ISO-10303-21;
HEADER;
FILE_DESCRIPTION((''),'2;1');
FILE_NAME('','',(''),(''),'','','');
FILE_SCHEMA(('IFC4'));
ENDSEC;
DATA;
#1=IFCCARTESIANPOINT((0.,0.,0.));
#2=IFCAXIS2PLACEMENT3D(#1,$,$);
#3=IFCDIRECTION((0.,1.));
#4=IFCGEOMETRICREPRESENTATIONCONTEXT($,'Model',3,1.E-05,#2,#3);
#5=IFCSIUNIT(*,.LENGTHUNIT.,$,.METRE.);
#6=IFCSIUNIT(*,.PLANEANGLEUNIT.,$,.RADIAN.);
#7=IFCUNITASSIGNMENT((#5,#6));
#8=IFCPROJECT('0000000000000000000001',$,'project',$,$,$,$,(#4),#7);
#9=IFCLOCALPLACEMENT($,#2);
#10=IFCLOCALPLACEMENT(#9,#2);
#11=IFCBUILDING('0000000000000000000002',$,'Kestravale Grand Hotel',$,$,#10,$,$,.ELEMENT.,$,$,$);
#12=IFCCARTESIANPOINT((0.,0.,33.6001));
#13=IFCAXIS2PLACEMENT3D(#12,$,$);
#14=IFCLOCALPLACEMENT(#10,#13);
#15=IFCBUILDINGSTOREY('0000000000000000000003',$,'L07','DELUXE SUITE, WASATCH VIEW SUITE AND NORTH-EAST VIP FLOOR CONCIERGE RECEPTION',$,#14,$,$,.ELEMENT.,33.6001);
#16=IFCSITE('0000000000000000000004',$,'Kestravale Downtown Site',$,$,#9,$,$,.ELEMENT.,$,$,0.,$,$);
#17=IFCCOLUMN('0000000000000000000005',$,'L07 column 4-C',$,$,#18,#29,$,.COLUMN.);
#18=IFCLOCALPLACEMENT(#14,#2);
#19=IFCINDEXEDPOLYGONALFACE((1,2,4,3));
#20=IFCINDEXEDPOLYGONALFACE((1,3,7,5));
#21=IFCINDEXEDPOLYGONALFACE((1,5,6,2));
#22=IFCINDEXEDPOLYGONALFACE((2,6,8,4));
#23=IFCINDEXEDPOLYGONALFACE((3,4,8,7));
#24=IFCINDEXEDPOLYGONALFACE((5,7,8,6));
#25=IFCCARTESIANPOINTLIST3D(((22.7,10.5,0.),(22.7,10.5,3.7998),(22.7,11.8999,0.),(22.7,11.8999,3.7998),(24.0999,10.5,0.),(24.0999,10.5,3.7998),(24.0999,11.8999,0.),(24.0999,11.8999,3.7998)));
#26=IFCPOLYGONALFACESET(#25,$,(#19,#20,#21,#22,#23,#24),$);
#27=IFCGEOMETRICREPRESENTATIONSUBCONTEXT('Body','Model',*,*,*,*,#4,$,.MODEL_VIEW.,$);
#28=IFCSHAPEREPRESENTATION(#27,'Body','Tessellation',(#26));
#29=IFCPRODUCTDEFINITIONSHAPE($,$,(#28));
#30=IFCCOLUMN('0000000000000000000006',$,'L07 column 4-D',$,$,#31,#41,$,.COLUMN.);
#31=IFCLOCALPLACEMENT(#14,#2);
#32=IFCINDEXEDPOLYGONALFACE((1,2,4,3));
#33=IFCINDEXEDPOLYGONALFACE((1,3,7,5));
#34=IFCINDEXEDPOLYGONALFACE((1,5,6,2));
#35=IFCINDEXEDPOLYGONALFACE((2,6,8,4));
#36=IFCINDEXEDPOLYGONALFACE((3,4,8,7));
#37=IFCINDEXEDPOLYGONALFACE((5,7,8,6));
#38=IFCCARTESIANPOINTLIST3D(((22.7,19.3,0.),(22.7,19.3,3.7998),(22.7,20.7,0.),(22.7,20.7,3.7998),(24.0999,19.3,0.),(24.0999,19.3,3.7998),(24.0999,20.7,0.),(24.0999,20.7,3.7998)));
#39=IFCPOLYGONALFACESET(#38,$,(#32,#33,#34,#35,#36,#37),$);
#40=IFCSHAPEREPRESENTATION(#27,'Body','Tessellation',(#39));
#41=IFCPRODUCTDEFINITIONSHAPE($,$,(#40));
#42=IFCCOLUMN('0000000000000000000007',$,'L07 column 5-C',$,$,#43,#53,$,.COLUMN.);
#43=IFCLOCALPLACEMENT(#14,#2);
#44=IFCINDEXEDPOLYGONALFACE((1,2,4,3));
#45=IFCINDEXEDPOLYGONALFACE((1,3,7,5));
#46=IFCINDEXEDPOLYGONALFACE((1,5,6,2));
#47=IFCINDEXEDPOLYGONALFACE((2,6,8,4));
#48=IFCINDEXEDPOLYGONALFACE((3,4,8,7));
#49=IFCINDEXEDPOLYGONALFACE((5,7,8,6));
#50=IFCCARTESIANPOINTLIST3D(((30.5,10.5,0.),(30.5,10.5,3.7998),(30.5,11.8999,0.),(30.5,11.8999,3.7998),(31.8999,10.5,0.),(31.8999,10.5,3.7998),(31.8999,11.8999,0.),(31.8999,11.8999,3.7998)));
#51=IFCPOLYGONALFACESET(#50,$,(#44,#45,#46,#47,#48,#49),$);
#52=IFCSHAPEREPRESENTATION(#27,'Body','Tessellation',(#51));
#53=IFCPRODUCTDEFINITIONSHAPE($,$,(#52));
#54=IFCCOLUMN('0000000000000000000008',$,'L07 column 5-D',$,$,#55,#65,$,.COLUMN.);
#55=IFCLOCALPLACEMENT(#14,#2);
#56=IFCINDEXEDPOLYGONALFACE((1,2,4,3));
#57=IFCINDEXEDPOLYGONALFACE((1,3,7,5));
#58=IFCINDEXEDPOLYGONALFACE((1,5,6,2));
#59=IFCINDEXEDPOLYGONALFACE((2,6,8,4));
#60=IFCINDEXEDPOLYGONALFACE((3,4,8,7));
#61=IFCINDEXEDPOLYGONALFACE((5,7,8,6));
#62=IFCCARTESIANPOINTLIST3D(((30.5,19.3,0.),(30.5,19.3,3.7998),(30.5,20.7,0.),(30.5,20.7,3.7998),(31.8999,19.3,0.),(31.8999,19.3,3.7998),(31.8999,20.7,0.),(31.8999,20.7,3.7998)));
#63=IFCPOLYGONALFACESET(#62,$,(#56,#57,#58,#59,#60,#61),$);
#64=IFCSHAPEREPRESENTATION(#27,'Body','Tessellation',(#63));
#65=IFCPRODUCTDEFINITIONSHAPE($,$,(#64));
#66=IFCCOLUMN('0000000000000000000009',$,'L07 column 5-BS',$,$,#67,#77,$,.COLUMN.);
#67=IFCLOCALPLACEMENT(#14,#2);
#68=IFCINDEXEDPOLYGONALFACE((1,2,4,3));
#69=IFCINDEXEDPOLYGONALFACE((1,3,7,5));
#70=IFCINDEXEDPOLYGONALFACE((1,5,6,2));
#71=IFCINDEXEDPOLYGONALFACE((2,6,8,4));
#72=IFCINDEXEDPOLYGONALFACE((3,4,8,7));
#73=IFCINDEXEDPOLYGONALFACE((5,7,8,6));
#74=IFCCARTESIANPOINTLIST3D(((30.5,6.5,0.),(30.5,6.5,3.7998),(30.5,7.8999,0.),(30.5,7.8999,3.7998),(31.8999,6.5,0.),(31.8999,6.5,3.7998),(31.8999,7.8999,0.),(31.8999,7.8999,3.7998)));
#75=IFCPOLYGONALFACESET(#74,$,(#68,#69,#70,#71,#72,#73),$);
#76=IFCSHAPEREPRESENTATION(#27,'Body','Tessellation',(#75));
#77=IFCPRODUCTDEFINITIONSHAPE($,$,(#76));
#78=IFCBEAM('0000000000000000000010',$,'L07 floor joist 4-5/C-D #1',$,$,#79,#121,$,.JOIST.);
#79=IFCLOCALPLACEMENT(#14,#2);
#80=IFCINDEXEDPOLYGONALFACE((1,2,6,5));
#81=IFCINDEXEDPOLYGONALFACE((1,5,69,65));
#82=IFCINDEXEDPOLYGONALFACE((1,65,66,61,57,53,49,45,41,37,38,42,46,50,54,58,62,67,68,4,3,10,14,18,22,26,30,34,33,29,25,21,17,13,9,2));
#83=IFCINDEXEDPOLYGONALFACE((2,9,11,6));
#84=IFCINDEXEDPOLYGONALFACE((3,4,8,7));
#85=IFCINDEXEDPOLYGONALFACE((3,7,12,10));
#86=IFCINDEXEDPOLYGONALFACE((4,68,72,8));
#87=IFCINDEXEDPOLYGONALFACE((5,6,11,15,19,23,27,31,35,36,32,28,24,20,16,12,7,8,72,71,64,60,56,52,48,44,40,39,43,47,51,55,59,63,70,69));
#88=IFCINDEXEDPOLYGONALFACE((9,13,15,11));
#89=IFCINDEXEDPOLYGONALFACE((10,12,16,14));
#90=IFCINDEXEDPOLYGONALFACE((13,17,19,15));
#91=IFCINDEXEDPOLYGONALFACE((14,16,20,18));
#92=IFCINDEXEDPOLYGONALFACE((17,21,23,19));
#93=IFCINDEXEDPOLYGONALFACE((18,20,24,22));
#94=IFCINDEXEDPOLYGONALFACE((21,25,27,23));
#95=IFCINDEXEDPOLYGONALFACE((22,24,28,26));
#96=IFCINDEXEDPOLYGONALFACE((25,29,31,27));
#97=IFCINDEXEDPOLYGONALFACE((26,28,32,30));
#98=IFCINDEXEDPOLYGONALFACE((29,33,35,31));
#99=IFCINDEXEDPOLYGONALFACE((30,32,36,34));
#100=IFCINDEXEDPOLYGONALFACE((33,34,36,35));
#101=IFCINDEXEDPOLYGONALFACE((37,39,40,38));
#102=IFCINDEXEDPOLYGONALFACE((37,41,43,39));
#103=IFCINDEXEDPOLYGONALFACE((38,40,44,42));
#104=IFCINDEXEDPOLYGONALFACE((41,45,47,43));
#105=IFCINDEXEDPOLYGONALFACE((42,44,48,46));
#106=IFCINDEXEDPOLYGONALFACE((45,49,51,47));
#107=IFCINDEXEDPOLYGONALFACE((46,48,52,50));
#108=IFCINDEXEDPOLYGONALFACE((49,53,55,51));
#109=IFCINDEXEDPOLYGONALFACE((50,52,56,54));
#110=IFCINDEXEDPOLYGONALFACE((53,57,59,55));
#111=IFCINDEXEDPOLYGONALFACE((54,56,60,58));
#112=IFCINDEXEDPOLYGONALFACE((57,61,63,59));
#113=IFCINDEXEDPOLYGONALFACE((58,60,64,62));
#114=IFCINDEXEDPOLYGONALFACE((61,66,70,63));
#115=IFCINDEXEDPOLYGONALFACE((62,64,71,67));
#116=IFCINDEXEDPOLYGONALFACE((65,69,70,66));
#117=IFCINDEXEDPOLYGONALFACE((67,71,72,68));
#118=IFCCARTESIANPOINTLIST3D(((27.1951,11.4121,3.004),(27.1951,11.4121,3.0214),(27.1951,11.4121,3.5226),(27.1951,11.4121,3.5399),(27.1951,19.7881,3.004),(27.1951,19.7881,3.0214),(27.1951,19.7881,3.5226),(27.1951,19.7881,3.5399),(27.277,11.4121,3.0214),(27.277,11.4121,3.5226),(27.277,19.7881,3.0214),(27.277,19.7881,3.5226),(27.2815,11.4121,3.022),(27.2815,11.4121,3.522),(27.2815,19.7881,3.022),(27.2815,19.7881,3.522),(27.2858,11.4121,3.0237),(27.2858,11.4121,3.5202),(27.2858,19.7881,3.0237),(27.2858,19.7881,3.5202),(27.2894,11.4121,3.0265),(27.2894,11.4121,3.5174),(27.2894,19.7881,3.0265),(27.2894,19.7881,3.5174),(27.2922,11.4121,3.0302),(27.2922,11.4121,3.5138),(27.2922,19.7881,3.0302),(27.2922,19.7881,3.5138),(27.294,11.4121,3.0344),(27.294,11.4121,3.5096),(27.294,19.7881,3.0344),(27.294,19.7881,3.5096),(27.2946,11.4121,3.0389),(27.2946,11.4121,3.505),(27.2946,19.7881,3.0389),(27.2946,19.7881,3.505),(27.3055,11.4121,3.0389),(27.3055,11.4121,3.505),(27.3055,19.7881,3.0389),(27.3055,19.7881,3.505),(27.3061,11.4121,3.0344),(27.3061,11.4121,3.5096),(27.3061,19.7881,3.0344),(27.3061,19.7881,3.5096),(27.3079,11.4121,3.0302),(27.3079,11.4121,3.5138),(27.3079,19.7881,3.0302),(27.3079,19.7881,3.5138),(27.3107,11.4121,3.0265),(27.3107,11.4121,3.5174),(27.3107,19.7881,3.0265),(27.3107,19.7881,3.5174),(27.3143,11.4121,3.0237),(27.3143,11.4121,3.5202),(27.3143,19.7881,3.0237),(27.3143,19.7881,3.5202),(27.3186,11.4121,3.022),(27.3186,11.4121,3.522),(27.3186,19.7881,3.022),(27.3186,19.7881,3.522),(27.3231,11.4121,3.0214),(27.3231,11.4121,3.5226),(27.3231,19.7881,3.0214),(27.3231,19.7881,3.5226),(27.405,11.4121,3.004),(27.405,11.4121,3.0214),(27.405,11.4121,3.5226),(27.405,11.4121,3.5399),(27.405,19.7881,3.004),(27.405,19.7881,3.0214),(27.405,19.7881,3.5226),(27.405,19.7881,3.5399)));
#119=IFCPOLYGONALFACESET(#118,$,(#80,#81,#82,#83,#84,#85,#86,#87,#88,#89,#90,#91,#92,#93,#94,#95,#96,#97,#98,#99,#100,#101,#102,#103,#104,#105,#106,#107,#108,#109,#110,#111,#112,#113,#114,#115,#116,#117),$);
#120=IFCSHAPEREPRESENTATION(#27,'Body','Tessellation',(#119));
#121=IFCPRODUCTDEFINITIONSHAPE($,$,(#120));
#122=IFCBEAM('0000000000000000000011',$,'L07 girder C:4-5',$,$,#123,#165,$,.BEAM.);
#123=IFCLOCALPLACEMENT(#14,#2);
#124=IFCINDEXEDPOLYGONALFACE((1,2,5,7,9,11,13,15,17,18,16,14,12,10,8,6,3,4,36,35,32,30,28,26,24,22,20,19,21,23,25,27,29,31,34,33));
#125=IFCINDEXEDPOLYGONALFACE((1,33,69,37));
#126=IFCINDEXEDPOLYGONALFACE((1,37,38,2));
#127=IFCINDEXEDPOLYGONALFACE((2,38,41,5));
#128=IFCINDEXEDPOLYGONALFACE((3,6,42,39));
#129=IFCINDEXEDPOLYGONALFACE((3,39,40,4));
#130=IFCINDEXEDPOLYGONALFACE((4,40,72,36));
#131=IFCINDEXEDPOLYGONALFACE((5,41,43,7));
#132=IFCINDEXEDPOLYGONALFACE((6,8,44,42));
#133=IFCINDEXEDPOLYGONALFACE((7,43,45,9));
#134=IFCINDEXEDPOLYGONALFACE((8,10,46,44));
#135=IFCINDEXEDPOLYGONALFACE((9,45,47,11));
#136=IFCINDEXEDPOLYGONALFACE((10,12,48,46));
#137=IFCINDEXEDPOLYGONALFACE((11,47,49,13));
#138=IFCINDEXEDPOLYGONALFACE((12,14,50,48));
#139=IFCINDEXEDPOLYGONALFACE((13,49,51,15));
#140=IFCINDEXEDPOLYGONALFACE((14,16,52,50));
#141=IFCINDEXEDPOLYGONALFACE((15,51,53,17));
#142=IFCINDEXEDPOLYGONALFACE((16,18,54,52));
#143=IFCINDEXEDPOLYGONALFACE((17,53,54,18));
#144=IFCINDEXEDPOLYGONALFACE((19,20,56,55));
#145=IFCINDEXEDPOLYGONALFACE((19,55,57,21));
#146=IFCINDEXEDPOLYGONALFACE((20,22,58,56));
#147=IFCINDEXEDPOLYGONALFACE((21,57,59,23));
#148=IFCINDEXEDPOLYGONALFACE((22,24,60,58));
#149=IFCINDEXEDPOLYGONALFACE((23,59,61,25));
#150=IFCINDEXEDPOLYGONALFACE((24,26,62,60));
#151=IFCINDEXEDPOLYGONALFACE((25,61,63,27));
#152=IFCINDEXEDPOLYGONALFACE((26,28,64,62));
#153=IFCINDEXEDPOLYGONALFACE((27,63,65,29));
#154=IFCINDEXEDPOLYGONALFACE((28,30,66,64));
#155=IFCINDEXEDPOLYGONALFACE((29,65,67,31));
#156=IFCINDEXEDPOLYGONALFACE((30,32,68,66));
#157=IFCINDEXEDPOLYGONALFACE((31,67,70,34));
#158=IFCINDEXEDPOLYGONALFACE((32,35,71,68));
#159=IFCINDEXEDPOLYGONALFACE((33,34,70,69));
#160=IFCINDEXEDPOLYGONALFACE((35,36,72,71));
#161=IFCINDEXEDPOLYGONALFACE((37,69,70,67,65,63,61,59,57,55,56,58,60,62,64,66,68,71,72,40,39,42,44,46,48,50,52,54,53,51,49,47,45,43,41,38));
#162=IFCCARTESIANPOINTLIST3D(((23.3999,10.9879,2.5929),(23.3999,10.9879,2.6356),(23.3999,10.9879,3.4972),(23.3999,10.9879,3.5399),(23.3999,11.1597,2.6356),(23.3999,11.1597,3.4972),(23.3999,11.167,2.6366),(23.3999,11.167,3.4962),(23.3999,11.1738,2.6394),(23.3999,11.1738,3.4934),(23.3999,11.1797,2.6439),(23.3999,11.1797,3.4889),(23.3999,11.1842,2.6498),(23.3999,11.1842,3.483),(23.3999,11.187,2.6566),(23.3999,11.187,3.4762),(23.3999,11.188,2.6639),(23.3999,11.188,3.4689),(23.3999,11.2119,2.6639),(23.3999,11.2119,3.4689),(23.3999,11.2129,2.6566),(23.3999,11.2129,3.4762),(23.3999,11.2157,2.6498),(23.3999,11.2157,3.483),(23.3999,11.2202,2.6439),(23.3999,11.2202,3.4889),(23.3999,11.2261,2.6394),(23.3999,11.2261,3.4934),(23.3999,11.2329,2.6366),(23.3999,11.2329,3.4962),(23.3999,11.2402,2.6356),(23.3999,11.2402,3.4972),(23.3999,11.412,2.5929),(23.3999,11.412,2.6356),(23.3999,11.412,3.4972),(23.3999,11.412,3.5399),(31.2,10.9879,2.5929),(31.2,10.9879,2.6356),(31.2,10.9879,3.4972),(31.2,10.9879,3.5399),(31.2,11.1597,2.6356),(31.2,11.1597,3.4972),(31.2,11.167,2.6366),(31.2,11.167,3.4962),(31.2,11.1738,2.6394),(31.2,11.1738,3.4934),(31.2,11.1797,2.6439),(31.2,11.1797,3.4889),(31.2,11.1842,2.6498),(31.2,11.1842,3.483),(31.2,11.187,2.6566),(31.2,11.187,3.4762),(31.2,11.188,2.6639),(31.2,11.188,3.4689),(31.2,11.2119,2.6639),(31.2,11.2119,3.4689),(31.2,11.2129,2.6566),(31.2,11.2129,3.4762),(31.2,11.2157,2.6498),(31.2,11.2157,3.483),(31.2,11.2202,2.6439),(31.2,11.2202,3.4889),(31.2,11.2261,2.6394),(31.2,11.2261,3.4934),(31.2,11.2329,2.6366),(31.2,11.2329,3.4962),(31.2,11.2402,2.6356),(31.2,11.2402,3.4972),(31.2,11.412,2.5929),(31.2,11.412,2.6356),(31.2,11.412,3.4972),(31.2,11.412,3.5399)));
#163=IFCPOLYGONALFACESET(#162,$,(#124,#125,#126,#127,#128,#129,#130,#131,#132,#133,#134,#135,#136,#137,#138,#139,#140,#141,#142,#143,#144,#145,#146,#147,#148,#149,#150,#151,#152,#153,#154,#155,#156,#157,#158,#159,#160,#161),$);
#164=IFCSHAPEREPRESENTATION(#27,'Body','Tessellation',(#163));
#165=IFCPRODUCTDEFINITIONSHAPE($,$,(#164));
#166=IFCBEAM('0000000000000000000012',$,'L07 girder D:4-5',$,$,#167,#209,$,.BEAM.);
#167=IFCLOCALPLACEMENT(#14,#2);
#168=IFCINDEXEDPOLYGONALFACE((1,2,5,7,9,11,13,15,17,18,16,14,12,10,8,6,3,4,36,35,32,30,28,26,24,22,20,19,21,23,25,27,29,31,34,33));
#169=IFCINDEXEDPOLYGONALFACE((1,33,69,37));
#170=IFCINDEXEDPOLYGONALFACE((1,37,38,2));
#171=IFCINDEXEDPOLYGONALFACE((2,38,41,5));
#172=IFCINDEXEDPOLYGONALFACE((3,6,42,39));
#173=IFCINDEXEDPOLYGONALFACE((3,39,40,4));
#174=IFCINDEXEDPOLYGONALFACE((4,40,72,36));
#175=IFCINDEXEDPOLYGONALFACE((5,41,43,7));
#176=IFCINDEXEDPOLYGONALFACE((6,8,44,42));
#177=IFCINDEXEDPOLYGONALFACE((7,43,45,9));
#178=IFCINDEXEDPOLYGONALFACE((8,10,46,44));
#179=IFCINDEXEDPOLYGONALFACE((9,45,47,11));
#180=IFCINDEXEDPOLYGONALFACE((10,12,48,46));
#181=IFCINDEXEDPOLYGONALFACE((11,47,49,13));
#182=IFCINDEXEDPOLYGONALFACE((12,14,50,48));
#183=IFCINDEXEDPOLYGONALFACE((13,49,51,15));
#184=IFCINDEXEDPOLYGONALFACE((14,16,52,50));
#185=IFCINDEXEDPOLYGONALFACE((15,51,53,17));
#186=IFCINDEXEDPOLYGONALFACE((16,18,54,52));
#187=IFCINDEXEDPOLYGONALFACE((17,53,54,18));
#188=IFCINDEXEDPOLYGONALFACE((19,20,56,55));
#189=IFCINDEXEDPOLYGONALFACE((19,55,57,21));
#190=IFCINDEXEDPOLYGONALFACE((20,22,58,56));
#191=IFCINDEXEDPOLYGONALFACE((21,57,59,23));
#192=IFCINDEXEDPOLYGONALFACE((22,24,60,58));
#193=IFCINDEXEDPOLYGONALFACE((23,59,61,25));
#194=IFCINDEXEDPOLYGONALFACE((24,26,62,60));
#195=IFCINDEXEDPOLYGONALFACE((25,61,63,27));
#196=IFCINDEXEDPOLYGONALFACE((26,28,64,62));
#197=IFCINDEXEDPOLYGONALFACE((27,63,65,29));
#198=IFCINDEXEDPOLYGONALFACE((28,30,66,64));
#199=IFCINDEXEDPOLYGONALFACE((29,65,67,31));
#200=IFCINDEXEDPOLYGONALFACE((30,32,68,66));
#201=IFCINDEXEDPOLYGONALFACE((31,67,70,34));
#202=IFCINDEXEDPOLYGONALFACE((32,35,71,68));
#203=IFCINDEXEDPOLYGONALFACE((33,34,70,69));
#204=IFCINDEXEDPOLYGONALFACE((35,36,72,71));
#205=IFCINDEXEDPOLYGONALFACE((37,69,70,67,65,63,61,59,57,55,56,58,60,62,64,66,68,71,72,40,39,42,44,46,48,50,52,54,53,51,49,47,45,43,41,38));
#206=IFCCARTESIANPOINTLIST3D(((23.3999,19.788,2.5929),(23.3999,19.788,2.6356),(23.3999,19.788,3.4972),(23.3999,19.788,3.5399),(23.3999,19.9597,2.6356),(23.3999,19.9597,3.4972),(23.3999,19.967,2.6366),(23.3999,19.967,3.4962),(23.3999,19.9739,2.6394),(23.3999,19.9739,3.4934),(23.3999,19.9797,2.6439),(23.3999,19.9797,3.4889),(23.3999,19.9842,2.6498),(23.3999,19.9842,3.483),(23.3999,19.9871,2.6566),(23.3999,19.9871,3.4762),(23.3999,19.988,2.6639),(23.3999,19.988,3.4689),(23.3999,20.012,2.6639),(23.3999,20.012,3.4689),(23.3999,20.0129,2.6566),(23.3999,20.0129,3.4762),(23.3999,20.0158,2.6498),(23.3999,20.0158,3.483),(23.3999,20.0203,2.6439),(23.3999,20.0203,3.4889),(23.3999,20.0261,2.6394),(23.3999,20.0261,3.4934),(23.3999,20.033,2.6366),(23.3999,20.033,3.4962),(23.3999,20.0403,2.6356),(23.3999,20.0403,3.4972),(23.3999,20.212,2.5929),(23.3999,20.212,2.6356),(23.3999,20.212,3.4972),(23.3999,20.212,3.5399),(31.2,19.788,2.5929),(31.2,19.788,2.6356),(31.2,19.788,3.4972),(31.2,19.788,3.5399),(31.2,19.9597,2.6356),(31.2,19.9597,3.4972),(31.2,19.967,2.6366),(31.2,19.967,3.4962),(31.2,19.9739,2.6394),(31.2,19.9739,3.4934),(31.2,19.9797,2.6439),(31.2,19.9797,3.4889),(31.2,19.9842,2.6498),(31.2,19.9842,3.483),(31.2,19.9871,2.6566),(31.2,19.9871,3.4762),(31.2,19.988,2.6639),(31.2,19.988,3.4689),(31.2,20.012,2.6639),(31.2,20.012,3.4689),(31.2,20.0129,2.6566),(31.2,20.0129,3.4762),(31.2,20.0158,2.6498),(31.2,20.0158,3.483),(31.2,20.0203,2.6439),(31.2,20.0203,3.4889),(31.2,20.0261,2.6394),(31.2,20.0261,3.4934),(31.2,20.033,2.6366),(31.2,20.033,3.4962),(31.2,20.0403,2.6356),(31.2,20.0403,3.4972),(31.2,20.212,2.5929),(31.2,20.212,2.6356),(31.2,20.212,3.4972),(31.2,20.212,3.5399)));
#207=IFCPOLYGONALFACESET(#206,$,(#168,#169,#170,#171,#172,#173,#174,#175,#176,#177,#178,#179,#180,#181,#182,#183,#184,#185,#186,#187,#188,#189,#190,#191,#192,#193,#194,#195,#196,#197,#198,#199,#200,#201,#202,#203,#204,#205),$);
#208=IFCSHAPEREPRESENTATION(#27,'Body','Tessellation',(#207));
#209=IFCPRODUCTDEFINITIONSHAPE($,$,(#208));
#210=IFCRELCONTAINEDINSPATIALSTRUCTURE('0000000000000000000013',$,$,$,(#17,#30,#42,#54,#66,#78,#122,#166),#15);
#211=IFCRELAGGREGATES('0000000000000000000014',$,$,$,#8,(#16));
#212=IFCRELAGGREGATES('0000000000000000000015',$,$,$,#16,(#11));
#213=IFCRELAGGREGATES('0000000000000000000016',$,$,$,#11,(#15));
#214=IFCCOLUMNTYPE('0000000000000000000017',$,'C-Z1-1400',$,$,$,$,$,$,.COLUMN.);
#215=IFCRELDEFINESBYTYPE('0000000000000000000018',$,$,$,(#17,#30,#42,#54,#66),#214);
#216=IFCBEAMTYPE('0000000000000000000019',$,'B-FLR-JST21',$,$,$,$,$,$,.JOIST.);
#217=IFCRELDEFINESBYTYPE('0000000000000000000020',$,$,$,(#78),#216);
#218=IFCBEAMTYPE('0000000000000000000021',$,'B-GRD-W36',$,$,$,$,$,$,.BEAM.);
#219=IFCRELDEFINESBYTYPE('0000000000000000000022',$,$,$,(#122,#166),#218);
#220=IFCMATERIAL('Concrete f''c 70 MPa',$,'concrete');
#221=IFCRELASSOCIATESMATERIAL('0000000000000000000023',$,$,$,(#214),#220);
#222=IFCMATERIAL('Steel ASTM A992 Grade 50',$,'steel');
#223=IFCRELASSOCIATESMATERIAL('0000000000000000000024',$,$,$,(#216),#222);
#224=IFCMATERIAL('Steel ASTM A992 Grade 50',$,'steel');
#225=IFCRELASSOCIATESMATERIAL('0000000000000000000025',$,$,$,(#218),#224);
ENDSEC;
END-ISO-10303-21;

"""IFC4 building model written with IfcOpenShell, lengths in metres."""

from ifc_helpers import new_model, si_unit, direction, frame, origin, origin_2d, place, context, subcontext, project, spatial, rectangle, i_section, extrude, material, material_profile, profile_set, type_object, element, save


model = new_model("IFC4")

# Units and contexts
model_context = context("Model", 3, precision=1e-05, world=origin(), true_north=direction((0.0, 1.0)))
body_context = subcontext(model_context, "Body", "Model", "MODEL_VIEW")
ifc_project = project(units=[si_unit("LENGTHUNIT", "METRE"), si_unit("PLANEANGLEUNIT", "RADIAN")], contexts=[model_context])

# Site, building, storey
site_placement = place(None, origin())
site = spatial("IfcSite", under=ifc_project, at=site_placement, Name="Kestravale Downtown Site", CompositionType="ELEMENT", RefElevation=0.0)
building_placement = place(site_placement, origin())
building = spatial("IfcBuilding", under=site, at=building_placement, Name="Kestravale Grand Hotel", CompositionType="ELEMENT")
storey_placement = place(building_placement, frame((0.0, 0.0, 33.6001)))
storey = spatial("IfcBuildingStorey", under=building, at=storey_placement, Name="L07", Description="DELUXE SUITE, WASATCH VIEW SUITE AND NORTH-EAST VIP FLOOR CONCIERGE RECEPTION", CompositionType="ELEMENT", Elevation=33.6001)

# Columns
ifc_material_1 = material(Name="Concrete f'c 70 MPa", Category="concrete")
ifc_material_profile_1 = material_profile(ifc_material_1, rectangle(XDim=1.3999, YDim=1.3999, at=origin_2d()))
ifc_profile_set_1 = profile_set([ifc_material_profile_1], Name="Concrete f'c 70 MPa")
column_type = type_object("IfcColumnType", Name="C-Z1-1400", PredefinedType="COLUMN", material=ifc_profile_set_1)
for number, where, z_axis, x_axis, name in (
    (1, (23.3999, 11.2, 0.0), (0.0, 0.0, 1.0), (1.0, 0.0, 0.0), "L07 column 4-C"),
    (2, (23.3999, 20.0, 0.0), (0.0, 0.0, 1.0), (1.0, 0.0, 0.0), "L07 column 4-D"),
    (3, (31.2, 11.2, 0.0), (0.0, 0.0, 1.0), (1.0, 0.0, 0.0), "L07 column 5-C"),
    (4, (31.2, 20.0, 0.0), (0.0, 0.0, 1.0), (1.0, 0.0, 0.0), "L07 column 5-D"),
    (5, (31.2, 7.2, 0.0), (0.0, 0.0, 1.0), (1.0, 0.0, 0.0), "L07 column 5-BS"),
):
    element("IfcColumn", number, at=place(storey_placement, frame(where, z_axis=z_axis, x_axis=x_axis)), inside=storey, type_object=column_type, Name=name, PredefinedType="COLUMN", context=body_context, shape_type="SweptSolid", body=[
        extrude(rectangle(XDim=1.3999, YDim=1.3999, at=origin_2d()), origin(), (0.0, 0.0, 1.0), 3.7998),
    ])

# Beams
ifc_material_2 = material(Name="Steel ASTM A992 Grade 50", Category="steel")
ifc_material_profile_2 = material_profile(ifc_material_2, i_section(OverallWidth=0.21, OverallDepth=0.5359, WebThickness=0.011, FlangeThickness=0.0173, FilletRadius=0.0176, at=origin_2d()))
ifc_profile_set_2 = profile_set([ifc_material_profile_2], Name="Steel ASTM A992 Grade 50")
beam_type_1 = type_object("IfcBeamType", Name="B-FLR-JST21", PredefinedType="JOIST", material=ifc_profile_set_2)
beam_1_placement = place(storey_placement, frame((27.3, 11.4121, 3.272), z_axis=(0.0, 1.0, 0.0), x_axis=(-1.0, 0.0, 0.0)))
element("IfcBeam", 6, at=beam_1_placement, inside=storey, type_object=beam_type_1, Name="L07 floor joist 4-5/C-D #1", PredefinedType="JOIST", context=body_context, shape_type="SweptSolid", body=[
    extrude(i_section(OverallWidth=0.21, OverallDepth=0.5359, WebThickness=0.011, FlangeThickness=0.0173, FilletRadius=0.0176, at=origin_2d()), origin(), (0.0, 0.0, 1.0), 8.376),
])
ifc_material_3 = material(Name="Steel ASTM A992 Grade 50", Category="steel")
ifc_material_profile_3 = material_profile(ifc_material_3, i_section(OverallWidth=0.4241, OverallDepth=0.947, WebThickness=0.0239, FlangeThickness=0.0427, FilletRadius=0.0283, at=origin_2d()))
ifc_profile_set_3 = profile_set([ifc_material_profile_3], Name="Steel ASTM A992 Grade 50")
beam_type_2 = type_object("IfcBeamType", Name="B-GRD-W36", PredefinedType="BEAM", material=ifc_profile_set_3)
for number, where, z_axis, x_axis, name in (
    (7, (23.3999, 11.2, 3.0664), (1.0, 0.0, 0.0), (0.0, 1.0, 0.0), "L07 girder C:4-5"),
    (8, (23.3999, 20.0, 3.0664), (1.0, 0.0, 0.0), (0.0, 1.0, 0.0), "L07 girder D:4-5"),
):
    element("IfcBeam", number, at=place(storey_placement, frame(where, z_axis=z_axis, x_axis=x_axis)), inside=storey, type_object=beam_type_2, Name=name, PredefinedType="BEAM", context=body_context, shape_type="SweptSolid", body=[
        extrude(i_section(OverallWidth=0.4241, OverallDepth=0.947, WebThickness=0.0239, FlangeThickness=0.0427, FilletRadius=0.0283, at=origin_2d()), origin(), (0.0, 0.0, 1.0), 7.8),
    ])

save(model, "model.ifc")
